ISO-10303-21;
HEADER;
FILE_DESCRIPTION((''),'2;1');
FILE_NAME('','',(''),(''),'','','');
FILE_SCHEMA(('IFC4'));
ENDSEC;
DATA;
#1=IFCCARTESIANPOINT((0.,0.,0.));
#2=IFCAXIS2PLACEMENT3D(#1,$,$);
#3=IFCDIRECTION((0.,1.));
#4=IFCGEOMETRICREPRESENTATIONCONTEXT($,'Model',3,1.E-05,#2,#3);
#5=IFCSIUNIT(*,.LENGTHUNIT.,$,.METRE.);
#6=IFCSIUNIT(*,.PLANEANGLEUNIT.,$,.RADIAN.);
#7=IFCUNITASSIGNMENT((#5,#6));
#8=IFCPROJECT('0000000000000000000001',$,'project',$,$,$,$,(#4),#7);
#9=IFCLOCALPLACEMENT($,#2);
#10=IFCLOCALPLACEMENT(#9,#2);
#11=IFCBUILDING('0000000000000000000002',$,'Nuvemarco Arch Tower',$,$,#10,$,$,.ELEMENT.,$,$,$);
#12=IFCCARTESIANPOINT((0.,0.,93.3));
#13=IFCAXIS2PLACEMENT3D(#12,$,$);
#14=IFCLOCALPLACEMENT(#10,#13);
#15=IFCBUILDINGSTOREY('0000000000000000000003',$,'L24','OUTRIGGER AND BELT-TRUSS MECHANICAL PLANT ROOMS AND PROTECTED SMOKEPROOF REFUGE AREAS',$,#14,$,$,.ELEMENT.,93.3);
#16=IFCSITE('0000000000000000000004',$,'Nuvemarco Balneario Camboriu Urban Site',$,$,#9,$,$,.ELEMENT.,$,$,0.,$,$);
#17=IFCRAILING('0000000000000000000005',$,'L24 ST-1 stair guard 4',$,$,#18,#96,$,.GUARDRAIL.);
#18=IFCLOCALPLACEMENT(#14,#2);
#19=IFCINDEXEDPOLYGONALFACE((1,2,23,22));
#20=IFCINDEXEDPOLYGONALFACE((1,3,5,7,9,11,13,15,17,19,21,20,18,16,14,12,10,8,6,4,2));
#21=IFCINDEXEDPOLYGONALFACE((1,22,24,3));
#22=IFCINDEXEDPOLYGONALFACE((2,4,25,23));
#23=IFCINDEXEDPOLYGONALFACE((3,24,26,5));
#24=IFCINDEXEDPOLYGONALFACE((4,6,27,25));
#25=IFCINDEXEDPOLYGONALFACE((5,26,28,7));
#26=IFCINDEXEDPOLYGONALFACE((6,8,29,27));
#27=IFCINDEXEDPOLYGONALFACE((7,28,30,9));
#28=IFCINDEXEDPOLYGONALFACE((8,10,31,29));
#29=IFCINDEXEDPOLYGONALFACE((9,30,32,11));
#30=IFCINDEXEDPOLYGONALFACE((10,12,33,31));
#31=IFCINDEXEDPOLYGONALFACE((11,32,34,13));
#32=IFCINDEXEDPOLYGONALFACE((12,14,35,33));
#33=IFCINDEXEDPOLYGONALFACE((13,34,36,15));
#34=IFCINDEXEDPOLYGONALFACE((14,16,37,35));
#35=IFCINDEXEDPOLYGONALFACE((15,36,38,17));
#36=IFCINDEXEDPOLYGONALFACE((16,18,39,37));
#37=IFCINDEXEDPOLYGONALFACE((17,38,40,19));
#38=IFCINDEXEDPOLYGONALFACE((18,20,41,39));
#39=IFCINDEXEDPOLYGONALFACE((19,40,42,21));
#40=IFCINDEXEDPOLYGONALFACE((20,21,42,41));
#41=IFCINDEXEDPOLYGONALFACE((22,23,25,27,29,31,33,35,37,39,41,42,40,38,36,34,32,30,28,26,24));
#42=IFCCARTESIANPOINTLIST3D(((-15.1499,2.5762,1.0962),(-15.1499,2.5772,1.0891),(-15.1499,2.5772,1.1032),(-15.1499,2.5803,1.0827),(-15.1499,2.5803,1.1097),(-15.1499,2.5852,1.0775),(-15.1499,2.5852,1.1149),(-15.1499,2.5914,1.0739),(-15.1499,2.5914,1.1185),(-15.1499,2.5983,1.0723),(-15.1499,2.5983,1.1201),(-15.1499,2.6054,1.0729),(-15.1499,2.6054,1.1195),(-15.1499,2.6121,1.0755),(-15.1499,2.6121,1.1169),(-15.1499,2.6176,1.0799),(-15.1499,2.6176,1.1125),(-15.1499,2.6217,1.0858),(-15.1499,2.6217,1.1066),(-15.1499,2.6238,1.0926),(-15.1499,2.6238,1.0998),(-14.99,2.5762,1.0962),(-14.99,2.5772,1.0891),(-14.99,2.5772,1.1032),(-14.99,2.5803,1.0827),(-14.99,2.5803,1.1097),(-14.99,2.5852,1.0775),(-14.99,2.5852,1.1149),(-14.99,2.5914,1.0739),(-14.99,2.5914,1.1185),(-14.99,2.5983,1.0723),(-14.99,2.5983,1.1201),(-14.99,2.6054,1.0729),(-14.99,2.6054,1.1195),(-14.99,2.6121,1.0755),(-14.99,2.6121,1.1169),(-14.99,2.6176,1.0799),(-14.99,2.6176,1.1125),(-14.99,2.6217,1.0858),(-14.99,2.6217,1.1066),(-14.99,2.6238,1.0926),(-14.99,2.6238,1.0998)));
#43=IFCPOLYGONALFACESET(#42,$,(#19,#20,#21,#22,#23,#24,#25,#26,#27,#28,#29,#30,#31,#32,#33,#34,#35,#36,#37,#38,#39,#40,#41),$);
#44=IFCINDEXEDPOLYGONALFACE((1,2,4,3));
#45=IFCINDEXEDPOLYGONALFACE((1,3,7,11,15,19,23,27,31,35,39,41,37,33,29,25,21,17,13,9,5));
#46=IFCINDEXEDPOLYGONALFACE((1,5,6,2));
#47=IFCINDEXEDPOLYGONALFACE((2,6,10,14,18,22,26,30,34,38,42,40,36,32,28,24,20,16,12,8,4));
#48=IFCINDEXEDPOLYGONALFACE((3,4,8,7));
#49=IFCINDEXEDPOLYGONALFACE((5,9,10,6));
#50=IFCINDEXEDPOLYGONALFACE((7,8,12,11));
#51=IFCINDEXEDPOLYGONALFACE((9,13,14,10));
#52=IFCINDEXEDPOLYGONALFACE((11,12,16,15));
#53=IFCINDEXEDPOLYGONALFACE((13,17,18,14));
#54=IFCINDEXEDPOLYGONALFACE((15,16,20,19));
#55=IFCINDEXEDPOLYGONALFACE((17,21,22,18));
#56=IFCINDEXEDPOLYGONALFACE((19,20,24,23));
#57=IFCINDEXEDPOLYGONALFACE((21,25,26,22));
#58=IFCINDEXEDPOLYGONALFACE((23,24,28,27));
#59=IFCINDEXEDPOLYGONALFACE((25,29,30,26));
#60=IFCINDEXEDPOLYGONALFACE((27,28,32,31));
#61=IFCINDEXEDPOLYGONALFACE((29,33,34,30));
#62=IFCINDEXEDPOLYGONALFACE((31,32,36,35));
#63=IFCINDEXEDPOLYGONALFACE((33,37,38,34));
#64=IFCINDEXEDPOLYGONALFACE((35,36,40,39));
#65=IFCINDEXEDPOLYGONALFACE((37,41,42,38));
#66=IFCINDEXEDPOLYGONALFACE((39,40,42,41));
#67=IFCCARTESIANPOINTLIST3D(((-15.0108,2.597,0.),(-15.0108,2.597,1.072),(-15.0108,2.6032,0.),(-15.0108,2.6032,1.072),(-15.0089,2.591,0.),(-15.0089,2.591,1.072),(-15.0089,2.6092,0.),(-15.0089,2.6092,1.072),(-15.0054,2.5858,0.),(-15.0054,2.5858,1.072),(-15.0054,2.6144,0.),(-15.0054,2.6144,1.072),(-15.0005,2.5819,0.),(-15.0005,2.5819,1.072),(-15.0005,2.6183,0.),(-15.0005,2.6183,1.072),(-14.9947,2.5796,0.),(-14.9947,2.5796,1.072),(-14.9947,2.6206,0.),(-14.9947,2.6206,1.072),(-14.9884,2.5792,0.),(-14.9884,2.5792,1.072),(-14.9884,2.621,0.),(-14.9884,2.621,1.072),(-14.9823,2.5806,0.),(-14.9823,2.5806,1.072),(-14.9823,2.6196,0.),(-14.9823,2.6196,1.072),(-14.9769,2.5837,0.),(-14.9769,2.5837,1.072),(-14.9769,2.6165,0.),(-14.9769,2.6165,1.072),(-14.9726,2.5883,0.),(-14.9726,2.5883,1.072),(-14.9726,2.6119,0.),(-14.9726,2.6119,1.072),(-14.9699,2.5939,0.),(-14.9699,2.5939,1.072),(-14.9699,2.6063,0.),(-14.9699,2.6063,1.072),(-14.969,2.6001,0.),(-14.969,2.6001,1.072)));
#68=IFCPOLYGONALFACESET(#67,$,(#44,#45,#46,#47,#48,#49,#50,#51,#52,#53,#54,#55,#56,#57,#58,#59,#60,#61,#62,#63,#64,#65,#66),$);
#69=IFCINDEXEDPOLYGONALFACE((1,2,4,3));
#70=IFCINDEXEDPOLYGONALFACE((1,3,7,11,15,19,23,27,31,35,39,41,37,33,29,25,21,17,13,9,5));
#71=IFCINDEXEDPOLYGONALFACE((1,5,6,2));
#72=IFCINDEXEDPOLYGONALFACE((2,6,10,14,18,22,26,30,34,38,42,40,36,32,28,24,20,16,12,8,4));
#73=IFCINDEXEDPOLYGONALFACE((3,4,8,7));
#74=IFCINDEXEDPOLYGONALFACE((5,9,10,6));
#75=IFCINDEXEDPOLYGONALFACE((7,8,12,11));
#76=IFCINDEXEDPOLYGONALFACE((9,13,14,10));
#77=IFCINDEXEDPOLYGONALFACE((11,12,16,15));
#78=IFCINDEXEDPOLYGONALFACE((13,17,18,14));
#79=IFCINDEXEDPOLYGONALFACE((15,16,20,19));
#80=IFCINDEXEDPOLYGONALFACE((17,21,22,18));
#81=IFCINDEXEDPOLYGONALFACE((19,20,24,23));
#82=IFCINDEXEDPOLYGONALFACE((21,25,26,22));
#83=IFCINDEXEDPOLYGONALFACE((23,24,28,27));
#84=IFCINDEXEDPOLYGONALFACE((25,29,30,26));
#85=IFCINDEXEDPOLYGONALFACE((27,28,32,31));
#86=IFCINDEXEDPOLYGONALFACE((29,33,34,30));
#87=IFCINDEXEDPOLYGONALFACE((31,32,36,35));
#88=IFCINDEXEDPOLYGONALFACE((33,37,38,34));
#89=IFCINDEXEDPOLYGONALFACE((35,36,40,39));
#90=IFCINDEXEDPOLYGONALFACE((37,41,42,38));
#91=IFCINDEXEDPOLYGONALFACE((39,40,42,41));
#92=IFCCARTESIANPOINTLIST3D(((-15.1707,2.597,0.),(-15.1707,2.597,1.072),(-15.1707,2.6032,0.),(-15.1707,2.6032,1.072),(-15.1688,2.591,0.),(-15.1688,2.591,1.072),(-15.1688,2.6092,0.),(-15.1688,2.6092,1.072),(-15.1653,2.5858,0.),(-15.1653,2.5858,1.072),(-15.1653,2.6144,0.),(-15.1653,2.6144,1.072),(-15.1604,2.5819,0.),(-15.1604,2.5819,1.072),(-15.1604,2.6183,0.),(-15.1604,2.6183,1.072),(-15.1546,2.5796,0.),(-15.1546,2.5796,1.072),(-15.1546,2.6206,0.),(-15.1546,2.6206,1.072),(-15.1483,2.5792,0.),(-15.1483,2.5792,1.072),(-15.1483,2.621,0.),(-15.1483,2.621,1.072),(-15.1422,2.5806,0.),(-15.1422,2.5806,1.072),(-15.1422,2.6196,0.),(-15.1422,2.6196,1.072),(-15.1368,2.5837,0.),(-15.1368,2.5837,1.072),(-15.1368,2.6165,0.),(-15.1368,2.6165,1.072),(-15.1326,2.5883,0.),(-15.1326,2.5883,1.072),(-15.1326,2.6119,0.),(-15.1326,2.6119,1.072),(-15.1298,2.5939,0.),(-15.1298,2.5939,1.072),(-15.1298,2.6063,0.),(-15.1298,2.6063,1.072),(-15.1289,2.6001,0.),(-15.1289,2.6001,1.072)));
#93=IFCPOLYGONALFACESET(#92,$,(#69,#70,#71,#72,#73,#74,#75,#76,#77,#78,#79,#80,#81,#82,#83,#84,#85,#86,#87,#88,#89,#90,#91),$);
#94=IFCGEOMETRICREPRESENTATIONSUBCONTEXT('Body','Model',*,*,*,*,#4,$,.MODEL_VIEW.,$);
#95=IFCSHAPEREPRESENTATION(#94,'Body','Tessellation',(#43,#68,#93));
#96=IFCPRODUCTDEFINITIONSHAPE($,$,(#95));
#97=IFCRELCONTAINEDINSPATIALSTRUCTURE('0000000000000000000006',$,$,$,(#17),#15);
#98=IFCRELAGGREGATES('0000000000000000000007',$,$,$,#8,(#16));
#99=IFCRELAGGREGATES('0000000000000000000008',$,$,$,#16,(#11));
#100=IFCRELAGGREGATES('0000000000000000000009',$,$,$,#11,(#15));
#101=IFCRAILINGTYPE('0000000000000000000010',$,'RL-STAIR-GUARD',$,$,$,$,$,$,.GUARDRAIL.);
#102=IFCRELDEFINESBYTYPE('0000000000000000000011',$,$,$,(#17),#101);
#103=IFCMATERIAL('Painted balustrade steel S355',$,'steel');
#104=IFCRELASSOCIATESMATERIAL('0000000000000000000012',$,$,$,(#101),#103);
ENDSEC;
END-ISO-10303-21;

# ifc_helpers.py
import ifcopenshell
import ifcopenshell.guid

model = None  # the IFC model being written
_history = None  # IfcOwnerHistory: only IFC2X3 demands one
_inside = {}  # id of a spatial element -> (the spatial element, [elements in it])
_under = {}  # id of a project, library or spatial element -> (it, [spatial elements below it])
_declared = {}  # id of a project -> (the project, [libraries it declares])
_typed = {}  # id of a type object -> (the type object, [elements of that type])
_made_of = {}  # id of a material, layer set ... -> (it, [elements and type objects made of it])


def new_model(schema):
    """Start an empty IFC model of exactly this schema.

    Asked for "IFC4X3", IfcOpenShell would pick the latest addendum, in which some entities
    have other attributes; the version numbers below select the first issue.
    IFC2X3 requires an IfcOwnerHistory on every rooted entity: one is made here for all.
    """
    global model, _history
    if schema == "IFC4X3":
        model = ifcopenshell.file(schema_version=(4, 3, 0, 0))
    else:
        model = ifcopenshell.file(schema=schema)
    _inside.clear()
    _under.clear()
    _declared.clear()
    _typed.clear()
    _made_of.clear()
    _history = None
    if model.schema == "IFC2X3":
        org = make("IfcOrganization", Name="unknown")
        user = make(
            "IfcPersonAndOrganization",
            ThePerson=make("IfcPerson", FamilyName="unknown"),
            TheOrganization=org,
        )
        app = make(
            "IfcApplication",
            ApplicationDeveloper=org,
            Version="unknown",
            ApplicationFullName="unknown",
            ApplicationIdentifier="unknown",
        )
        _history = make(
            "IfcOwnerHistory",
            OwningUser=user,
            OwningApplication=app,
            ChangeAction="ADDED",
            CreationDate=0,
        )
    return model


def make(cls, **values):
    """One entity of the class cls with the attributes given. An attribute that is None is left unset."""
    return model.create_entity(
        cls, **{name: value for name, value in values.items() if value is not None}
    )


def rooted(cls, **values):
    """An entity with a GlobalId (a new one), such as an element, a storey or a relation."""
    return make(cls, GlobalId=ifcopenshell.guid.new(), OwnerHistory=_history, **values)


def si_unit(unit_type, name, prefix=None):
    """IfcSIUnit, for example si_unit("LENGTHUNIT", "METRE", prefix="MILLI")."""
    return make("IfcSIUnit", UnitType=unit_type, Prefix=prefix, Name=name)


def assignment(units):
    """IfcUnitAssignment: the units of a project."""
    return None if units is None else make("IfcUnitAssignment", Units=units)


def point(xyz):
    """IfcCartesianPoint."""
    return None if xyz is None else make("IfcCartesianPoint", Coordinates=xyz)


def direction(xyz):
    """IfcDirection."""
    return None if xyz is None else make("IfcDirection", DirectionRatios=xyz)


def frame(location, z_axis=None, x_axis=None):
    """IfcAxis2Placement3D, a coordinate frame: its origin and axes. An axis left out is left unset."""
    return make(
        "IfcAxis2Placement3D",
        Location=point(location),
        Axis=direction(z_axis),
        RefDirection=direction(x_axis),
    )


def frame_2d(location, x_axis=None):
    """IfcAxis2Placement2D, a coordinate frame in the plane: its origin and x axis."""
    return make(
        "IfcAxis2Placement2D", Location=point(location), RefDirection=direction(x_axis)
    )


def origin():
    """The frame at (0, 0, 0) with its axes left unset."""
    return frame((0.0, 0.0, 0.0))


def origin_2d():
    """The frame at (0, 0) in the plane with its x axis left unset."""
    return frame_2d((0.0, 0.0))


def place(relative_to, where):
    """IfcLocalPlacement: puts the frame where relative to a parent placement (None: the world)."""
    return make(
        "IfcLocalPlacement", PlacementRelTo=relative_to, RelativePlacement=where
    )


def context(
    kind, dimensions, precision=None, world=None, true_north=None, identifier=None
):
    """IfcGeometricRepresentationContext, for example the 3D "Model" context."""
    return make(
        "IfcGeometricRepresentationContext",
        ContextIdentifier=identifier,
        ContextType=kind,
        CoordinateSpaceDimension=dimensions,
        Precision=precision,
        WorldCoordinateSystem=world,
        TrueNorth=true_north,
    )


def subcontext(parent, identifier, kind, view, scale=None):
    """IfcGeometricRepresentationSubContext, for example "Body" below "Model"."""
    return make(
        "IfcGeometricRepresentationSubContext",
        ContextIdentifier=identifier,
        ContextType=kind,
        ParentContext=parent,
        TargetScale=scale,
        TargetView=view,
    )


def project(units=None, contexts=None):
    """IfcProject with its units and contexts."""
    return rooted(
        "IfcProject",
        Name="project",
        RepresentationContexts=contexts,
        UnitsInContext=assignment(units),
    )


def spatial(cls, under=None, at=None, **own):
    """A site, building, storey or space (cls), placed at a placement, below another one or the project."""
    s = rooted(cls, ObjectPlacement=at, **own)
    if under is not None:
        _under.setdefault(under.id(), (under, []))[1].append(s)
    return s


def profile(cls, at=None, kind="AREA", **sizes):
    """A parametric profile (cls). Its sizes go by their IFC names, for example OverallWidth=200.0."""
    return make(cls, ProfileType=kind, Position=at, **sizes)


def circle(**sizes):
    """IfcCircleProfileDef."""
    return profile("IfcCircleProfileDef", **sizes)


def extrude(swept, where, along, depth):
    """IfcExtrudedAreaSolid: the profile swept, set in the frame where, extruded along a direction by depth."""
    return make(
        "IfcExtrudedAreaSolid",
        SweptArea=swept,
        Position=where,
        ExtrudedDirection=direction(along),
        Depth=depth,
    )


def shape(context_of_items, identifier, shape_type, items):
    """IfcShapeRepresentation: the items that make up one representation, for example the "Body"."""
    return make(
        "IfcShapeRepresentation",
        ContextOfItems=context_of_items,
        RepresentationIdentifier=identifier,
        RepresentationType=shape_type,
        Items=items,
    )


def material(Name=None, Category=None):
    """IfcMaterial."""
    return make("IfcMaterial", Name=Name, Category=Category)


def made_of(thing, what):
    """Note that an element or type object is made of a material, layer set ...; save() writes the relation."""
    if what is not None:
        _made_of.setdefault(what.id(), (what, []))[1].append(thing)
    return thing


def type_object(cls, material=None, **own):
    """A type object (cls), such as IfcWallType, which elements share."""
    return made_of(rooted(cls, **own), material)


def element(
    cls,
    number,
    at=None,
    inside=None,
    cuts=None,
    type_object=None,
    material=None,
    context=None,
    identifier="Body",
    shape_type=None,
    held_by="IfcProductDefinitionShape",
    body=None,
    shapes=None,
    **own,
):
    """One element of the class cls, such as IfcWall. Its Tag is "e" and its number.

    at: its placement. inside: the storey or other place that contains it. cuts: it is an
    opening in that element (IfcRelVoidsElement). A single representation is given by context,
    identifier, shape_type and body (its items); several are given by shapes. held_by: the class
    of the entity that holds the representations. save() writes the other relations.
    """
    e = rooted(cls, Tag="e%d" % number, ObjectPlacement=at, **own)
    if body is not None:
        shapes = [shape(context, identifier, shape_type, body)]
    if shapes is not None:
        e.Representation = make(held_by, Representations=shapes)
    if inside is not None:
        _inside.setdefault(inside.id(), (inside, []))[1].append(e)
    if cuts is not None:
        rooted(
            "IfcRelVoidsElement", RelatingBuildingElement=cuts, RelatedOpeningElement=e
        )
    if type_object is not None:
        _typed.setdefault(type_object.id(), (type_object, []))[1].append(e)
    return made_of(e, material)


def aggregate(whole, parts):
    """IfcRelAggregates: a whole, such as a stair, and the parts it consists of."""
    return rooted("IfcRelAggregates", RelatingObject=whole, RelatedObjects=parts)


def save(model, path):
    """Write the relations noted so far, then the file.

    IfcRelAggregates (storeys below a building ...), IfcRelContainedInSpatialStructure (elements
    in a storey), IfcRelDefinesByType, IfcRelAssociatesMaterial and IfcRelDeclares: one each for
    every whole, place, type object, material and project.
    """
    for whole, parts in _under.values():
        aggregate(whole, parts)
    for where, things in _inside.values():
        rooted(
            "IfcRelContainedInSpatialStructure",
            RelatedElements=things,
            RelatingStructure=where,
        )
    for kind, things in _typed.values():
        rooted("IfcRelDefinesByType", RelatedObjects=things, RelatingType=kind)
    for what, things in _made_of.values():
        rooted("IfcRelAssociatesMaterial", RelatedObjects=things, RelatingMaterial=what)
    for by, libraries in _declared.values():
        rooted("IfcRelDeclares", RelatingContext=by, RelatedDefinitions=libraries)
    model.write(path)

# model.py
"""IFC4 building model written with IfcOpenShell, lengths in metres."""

from ifc_helpers import new_model, si_unit, direction, frame, origin, origin_2d, place, context, subcontext, project, spatial, circle, extrude, material, type_object, element, save


model = new_model("IFC4")

# Units and contexts
model_context = context("Model", 3, precision=1e-05, world=origin(), true_north=direction((0.0, 1.0)))
body_context = subcontext(model_context, "Body", "Model", "MODEL_VIEW")
ifc_project = project(units=[si_unit("LENGTHUNIT", "METRE"), si_unit("PLANEANGLEUNIT", "RADIAN")], contexts=[model_context])

# Site, building, storey
site_placement = place(None, origin())
site = spatial("IfcSite", under=ifc_project, at=site_placement, Name="Nuvemarco Balneario Camboriu Urban Site", CompositionType="ELEMENT", RefElevation=0.0)
building_placement = place(site_placement, origin())
building = spatial("IfcBuilding", under=site, at=building_placement, Name="Nuvemarco Arch Tower", CompositionType="ELEMENT")
storey_placement = place(building_placement, frame((0.0, 0.0, 93.3)))
storey = spatial("IfcBuildingStorey", under=building, at=storey_placement, Name="L24", Description="OUTRIGGER AND BELT-TRUSS MECHANICAL PLANT ROOMS AND PROTECTED SMOKEPROOF REFUGE AREAS", CompositionType="ELEMENT", Elevation=93.3)

# Railing
ifc_material_1 = material(Name="Painted balustrade steel S355", Category="steel")
railing_type_1 = type_object("IfcRailingType", Name="RL-STAIR-GUARD", PredefinedType="GUARDRAIL", material=ifc_material_1)
railing_1_placement = place(storey_placement, frame((-14.99, 2.6001, 0.0)))
element("IfcRailing", 1, at=railing_1_placement, inside=storey, type_object=railing_type_1, Name="L24 ST-1 stair guard 4", PredefinedType="GUARDRAIL", context=body_context, shape_type="SweptSolid", body=[
    extrude(circle(Radius=0.0239, at=origin_2d()), frame((0.0, 0.0, 1.0962), z_axis=(-1.0, 0.0, 0.0), x_axis=(0.0, -1.0, 0.0)), (0.0, 0.0, 1.0), 0.1599),
    extrude(circle(Radius=0.021, at=origin_2d()), origin(), (0.0, 0.0, 1.0), 1.072),
    extrude(circle(Radius=0.021, at=origin_2d()), frame((-0.1599, 0.0, 0.0)), (0.0, 0.0, 1.0), 1.072),
])

save(model, "model.ifc")
